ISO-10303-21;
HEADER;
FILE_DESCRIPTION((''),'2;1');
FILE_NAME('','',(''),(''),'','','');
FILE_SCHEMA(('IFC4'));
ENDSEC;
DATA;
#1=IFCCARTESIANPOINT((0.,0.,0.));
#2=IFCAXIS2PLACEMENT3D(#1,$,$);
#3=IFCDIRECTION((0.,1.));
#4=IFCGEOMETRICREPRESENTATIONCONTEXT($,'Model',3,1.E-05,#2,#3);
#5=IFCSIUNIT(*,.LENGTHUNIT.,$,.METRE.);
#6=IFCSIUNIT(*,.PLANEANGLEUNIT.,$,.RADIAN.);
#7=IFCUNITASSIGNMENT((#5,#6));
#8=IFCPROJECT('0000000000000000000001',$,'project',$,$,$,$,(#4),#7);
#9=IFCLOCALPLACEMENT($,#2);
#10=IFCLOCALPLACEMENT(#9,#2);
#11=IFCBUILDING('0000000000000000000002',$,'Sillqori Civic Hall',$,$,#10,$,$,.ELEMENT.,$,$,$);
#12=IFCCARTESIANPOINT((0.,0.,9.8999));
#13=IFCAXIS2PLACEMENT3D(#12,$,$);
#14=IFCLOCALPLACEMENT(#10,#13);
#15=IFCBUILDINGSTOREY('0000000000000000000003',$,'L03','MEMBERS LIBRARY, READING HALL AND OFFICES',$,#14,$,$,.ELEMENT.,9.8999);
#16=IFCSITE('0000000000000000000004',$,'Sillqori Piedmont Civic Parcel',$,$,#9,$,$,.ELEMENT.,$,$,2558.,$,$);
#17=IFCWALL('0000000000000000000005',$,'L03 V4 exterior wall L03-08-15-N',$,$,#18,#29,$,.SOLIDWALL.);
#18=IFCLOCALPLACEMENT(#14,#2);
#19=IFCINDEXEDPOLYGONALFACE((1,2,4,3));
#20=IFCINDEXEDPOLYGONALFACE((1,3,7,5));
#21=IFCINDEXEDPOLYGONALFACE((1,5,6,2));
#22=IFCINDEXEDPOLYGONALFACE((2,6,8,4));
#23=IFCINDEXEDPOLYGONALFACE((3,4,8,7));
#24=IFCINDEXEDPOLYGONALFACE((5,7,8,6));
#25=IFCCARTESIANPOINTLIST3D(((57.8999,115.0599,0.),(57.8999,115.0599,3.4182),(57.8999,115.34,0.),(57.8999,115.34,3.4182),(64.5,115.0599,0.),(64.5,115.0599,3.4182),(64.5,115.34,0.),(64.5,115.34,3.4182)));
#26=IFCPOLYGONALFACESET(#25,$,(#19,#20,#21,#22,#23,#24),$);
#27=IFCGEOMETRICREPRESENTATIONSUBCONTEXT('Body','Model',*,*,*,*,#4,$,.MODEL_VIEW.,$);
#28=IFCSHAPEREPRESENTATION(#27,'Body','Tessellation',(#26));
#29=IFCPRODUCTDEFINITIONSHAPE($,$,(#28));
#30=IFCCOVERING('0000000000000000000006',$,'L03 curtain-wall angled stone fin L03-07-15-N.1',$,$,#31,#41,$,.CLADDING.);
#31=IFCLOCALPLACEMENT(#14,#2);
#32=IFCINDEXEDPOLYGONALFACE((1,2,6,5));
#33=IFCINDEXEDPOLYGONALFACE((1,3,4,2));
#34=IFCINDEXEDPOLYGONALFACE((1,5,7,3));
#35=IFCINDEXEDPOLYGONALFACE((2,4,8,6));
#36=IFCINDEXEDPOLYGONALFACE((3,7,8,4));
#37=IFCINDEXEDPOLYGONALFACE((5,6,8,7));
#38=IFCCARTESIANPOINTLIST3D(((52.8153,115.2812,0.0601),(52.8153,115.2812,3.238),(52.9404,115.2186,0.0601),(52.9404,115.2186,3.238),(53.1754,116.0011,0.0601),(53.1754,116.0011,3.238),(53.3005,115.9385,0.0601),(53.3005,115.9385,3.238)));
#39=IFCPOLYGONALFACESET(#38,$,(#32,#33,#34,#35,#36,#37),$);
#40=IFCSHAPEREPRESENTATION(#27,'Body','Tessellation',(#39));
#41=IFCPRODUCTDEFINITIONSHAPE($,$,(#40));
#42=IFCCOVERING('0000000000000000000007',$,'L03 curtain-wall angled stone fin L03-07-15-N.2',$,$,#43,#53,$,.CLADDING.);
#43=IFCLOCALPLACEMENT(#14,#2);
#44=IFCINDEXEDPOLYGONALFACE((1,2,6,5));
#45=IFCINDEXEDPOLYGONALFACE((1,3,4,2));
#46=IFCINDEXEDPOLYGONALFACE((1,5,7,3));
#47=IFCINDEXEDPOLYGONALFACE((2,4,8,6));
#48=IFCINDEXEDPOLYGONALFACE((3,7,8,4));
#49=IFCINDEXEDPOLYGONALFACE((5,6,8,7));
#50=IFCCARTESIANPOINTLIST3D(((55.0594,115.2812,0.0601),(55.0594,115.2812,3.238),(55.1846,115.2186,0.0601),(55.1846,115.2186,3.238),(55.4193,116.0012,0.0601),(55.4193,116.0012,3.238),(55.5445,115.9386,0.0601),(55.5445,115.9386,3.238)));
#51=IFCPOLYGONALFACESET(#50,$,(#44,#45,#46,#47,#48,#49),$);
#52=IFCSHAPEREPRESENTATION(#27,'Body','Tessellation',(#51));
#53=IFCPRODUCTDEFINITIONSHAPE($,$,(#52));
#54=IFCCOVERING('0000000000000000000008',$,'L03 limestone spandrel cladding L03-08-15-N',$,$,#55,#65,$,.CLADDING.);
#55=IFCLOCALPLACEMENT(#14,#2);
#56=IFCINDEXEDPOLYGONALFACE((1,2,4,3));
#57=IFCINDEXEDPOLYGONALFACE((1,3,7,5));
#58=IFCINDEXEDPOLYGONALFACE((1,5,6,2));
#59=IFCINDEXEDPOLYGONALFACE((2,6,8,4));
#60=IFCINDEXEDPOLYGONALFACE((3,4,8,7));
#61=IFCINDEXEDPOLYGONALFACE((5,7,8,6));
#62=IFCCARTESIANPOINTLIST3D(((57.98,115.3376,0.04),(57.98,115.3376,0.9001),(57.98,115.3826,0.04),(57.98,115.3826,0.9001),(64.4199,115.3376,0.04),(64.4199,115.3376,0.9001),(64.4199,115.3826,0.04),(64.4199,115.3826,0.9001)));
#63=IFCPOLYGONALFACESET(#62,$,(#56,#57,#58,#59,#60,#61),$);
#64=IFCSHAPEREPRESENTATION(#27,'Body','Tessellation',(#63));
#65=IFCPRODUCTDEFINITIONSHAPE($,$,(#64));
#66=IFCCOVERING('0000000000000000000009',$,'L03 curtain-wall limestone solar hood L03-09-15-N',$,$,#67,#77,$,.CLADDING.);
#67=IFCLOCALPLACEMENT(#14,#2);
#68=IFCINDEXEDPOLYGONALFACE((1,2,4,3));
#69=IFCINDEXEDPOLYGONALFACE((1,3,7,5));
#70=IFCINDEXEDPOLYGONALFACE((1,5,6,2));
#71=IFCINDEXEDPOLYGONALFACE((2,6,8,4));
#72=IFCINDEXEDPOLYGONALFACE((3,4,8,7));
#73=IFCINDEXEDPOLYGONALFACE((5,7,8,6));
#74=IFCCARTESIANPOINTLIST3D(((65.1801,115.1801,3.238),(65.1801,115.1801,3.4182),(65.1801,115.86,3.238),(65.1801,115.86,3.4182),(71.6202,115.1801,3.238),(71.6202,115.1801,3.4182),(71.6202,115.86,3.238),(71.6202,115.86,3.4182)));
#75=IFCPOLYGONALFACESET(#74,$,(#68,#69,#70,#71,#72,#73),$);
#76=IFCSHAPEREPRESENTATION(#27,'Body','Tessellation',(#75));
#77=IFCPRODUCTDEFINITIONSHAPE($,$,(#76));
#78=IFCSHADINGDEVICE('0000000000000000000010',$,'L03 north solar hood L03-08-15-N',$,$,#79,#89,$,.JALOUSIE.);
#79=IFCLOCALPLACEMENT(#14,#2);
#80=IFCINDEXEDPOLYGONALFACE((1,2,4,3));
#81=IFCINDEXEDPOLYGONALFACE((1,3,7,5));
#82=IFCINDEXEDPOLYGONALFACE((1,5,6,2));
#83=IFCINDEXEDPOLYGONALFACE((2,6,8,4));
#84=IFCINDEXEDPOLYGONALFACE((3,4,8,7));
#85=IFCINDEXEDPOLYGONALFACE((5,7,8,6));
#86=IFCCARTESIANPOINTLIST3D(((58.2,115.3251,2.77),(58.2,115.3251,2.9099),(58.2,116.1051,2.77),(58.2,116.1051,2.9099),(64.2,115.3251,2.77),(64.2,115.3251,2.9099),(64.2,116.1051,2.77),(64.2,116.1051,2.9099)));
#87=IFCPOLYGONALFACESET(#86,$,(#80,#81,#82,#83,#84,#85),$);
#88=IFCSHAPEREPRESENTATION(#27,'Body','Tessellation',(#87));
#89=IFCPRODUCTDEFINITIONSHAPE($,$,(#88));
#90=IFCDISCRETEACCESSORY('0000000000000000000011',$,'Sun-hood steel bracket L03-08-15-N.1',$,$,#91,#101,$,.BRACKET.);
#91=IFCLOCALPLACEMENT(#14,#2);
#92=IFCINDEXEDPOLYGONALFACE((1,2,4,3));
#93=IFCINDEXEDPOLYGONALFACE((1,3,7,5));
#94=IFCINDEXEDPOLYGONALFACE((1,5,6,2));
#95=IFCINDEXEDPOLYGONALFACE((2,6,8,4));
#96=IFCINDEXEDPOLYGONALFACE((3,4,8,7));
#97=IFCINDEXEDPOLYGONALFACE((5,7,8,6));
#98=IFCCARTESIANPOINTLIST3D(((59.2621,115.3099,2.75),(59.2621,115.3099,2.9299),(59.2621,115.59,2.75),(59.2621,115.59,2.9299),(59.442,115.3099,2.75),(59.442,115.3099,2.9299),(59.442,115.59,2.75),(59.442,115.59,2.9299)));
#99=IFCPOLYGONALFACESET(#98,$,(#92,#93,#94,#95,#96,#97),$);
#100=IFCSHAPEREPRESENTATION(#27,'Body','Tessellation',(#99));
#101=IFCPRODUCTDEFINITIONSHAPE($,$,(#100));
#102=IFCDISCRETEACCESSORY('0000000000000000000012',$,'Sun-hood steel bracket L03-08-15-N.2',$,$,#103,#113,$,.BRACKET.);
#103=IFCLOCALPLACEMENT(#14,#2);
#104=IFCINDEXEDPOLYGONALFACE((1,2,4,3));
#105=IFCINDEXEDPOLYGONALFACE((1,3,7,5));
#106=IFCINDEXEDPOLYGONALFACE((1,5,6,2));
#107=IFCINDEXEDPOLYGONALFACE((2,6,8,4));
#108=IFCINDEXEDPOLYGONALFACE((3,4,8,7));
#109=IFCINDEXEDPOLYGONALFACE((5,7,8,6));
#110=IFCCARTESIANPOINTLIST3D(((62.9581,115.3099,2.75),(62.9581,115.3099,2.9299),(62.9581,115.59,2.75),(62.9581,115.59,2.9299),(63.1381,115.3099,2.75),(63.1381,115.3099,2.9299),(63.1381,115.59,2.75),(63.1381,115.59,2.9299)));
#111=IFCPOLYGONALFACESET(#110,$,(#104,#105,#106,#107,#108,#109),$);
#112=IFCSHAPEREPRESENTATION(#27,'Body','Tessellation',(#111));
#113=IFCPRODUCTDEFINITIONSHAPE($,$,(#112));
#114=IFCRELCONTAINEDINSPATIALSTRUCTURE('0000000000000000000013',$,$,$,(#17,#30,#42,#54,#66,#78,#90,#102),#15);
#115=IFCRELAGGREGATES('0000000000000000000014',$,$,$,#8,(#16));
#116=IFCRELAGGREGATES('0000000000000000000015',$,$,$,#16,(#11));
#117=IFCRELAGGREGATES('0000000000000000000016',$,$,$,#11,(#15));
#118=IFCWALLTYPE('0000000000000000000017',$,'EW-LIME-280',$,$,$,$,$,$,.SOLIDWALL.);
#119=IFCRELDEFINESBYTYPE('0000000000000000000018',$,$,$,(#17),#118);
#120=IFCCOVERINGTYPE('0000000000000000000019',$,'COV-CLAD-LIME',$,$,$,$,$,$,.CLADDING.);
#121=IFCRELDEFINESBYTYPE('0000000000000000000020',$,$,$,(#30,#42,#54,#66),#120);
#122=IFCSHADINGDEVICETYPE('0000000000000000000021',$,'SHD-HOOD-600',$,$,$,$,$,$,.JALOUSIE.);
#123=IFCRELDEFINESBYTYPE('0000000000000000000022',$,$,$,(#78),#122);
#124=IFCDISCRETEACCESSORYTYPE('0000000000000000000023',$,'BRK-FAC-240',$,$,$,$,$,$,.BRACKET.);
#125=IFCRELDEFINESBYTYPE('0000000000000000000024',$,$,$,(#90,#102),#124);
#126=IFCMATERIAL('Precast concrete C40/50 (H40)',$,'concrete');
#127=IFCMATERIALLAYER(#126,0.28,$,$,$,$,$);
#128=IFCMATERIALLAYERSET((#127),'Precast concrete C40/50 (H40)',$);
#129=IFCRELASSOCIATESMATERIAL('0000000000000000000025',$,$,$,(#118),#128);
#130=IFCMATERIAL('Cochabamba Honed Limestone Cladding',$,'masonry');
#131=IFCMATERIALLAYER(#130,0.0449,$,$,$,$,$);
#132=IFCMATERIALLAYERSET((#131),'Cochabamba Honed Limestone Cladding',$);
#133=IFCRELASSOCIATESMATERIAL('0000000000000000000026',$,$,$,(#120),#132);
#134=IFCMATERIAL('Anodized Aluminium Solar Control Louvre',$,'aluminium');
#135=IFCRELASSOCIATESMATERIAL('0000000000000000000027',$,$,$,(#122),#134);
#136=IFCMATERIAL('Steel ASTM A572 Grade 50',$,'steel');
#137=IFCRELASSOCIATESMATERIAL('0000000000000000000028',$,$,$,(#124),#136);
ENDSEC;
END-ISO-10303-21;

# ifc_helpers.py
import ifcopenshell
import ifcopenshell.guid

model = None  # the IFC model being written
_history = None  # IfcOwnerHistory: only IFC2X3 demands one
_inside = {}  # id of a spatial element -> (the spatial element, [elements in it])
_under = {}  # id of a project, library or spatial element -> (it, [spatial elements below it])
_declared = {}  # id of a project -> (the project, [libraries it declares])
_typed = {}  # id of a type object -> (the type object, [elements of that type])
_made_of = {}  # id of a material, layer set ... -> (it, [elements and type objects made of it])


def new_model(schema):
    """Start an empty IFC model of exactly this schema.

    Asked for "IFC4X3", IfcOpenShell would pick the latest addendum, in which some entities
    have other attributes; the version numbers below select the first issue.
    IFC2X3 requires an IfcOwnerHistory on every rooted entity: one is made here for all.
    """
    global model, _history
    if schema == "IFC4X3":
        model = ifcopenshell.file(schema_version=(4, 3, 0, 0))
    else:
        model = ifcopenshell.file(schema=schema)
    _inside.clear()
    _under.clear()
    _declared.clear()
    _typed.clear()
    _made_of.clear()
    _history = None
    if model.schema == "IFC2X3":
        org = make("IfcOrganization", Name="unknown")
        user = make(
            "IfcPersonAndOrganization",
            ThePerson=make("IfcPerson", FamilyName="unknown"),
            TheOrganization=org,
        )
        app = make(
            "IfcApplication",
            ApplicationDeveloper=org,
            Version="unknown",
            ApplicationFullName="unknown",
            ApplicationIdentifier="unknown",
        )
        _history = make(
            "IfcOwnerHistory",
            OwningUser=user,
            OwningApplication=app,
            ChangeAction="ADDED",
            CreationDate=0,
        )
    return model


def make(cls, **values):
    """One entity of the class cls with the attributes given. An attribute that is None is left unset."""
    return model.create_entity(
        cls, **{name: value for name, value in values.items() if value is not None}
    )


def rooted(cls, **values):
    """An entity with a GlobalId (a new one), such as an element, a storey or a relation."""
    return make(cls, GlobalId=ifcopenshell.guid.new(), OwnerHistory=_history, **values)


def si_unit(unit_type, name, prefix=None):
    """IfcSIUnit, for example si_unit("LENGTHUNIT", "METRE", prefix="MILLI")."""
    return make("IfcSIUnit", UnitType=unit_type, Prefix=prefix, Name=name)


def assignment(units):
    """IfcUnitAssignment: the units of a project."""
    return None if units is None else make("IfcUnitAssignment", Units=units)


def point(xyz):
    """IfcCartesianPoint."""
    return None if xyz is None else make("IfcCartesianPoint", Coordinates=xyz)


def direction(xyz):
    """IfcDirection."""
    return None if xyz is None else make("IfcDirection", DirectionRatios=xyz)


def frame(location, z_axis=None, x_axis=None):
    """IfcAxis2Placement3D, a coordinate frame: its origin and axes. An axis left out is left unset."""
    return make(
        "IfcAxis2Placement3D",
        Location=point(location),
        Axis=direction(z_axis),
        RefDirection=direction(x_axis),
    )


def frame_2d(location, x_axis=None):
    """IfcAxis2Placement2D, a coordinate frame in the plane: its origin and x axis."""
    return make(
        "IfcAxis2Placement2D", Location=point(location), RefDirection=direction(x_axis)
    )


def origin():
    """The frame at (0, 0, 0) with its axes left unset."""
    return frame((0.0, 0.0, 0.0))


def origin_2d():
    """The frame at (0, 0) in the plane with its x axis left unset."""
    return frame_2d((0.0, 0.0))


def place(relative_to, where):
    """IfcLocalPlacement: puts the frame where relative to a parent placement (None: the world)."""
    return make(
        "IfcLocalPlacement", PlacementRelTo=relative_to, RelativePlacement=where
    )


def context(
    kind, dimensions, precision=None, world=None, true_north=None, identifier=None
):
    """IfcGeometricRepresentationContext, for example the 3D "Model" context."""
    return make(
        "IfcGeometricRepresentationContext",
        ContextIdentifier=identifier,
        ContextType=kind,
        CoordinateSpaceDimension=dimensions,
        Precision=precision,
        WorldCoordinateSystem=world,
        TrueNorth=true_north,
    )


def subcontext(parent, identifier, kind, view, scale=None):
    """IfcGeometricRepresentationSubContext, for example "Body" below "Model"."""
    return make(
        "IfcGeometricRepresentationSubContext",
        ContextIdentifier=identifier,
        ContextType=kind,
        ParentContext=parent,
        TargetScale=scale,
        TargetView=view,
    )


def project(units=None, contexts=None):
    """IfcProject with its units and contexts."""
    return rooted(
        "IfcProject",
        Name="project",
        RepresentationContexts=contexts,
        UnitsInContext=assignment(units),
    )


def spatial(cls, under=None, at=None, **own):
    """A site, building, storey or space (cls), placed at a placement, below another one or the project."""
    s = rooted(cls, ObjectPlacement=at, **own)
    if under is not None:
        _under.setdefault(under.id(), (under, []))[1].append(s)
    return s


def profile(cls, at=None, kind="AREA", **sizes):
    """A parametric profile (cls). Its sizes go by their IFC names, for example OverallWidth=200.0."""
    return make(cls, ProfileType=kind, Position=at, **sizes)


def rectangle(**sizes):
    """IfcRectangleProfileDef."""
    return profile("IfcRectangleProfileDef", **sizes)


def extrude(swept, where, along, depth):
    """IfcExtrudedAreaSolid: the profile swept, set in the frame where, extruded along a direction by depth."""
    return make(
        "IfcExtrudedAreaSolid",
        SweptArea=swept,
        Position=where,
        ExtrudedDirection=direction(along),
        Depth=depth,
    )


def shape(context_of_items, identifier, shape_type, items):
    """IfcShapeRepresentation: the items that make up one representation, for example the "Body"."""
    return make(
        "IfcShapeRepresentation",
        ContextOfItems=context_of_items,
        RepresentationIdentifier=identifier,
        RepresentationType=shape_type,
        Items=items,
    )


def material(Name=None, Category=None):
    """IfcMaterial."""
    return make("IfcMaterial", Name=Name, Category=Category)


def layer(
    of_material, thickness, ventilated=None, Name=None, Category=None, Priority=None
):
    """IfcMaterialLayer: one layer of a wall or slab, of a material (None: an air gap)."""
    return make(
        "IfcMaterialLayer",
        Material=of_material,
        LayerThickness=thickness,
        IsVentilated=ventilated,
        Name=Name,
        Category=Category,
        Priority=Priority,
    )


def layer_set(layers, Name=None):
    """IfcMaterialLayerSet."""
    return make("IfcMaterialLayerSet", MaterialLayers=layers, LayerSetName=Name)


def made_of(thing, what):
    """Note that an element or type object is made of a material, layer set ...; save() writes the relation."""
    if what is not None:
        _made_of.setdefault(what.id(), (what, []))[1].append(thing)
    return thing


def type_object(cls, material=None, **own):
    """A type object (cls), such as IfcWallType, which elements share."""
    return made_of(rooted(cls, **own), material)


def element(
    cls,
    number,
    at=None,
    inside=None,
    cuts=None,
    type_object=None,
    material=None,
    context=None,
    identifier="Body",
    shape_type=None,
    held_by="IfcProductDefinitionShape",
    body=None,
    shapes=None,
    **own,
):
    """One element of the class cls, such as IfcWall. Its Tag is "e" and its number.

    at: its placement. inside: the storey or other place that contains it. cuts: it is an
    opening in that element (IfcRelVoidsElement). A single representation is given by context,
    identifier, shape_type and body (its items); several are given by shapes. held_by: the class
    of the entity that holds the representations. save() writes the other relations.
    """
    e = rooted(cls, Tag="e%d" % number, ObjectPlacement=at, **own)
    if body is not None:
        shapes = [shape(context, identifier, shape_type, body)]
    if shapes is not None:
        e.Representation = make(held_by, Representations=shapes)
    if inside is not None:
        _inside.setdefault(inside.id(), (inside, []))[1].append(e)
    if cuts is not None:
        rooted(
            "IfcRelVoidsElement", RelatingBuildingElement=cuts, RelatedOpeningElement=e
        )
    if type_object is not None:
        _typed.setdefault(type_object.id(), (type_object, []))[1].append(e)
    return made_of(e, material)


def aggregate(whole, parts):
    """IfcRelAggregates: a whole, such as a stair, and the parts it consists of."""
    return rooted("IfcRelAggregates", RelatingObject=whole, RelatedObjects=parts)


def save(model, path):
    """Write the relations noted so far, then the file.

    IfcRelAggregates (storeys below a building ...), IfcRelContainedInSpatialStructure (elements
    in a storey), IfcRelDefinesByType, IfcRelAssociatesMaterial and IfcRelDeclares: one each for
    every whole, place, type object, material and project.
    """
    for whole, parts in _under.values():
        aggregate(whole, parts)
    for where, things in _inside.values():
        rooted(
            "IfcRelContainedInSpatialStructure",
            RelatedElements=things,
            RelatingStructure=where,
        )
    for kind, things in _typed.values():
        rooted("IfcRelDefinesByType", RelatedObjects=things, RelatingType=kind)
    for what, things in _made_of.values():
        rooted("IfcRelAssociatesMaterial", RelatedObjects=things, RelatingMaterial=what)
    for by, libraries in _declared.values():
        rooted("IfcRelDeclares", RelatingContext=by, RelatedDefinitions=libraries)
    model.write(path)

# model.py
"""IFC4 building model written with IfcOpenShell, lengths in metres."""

from ifc_helpers import new_model, si_unit, direction, frame, frame_2d, origin, origin_2d, place, context, subcontext, project, spatial, rectangle, extrude, material, layer, layer_set, type_object, element, save


model = new_model("IFC4")

# Units and contexts
model_context = context("Model", 3, precision=1e-05, world=origin(), true_north=direction((0.0, 1.0)))
body_context = subcontext(model_context, "Body", "Model", "MODEL_VIEW")
ifc_project = project(units=[si_unit("LENGTHUNIT", "METRE"), si_unit("PLANEANGLEUNIT", "RADIAN")], contexts=[model_context])

# Site, building, storey
site_placement = place(None, origin())
site = spatial("IfcSite", under=ifc_project, at=site_placement, Name="Sillqori Piedmont Civic Parcel", CompositionType="ELEMENT", RefElevation=2558.0)
building_placement = place(site_placement, origin())
building = spatial("IfcBuilding", under=site, at=building_placement, Name="Sillqori Civic Hall", CompositionType="ELEMENT")
storey_placement = place(building_placement, frame((0.0, 0.0, 9.8999)))
storey = spatial("IfcBuildingStorey", under=building, at=storey_placement, Name="L03", Description="MEMBERS LIBRARY, READING HALL AND OFFICES", CompositionType="ELEMENT", Elevation=9.8999)

# Wall
ifc_material_1 = material(Name="Precast concrete C40/50 (H40)", Category="concrete")
ifc_layer_1 = layer(ifc_material_1, 0.28)
ifc_layer_set_1 = layer_set([ifc_layer_1], Name="Precast concrete C40/50 (H40)")
wall_type = type_object("IfcWallType", Name="EW-LIME-280", PredefinedType="SOLIDWALL", material=ifc_layer_set_1)
wall_placement = place(storey_placement, frame((57.8999, 115.2, 0.0), z_axis=(0.0, 0.0, 1.0), x_axis=(1.0, 0.0, 0.0)))
element("IfcWall", 1, at=wall_placement, inside=storey, type_object=wall_type, Name="L03 V4 exterior wall L03-08-15-N", PredefinedType="SOLIDWALL", context=body_context, shape_type="SweptSolid", body=[
    extrude(rectangle(XDim=6.6001, YDim=0.28, at=frame_2d((3.3, 0.0))), origin(), (0.0, 0.0, 1.0), 3.4182),
])

# Coverings
ifc_material_2 = material(Name="Cochabamba Honed Limestone Cladding", Category="masonry")
ifc_layer_2 = layer(ifc_material_2, 0.0449)
ifc_layer_set_2 = layer_set([ifc_layer_2], Name="Cochabamba Honed Limestone Cladding")
covering_type = type_object("IfcCoveringType", Name="COV-CLAD-LIME", PredefinedType="CLADDING", material=ifc_layer_set_2)
for number, where, z_axis, x_axis, name in (
    (2, (52.8779, 115.25, 0.0601), (0.0, 0.0, 1.0), (0.447335, 0.894367, 0.0), "L03 curtain-wall angled stone fin L03-07-15-N.1"),
    (3, (55.1221, 115.25, 0.0601), (0.0, 0.0, 1.0), (0.447092, 0.894488, 0.0), "L03 curtain-wall angled stone fin L03-07-15-N.2"),
):
    element("IfcCovering", number, at=place(storey_placement, frame(where, z_axis=z_axis, x_axis=x_axis)), inside=storey, type_object=covering_type, Name=name, PredefinedType="CLADDING", context=body_context, shape_type="SweptSolid", body=[
        extrude(rectangle(XDim=0.8049, YDim=0.1399, at=frame_2d((0.4023, 0.0))), origin(), (0.0, 0.0, 1.0), 3.178),
    ])
covering_1_placement = place(storey_placement, frame((57.98, 115.3601, 0.04), z_axis=(0.0, 0.0, 1.0), x_axis=(1.0, 0.0, 0.0)))
element("IfcCovering", 4, at=covering_1_placement, inside=storey, type_object=covering_type, Name="L03 limestone spandrel cladding L03-08-15-N", PredefinedType="CLADDING", context=body_context, shape_type="SweptSolid", body=[
    extrude(rectangle(XDim=6.4399, YDim=0.0449, at=frame_2d((3.22, 0.0))), origin(), (0.0, 0.0, 1.0), 0.8601),
])
covering_2_placement = place(storey_placement, frame((65.1799, 115.52, 3.238), z_axis=(0.0, 0.0, 1.0), x_axis=(1.0, 0.0, 0.0)))
element("IfcCovering", 5, at=covering_2_placement, inside=storey, type_object=covering_type, Name="L03 curtain-wall limestone solar hood L03-09-15-N", PredefinedType="CLADDING", context=body_context, shape_type="SweptSolid", body=[
    extrude(rectangle(XDim=6.4402, YDim=0.6799, at=frame_2d((3.2202, 0.0))), origin(), (0.0, 0.0, 1.0), 0.1802),
])

# Shading device
ifc_material_3 = material(Name="Anodized Aluminium Solar Control Louvre", Category="aluminium")
shading_device_type = type_object("IfcShadingDeviceType", Name="SHD-HOOD-600", PredefinedType="JALOUSIE", material=ifc_material_3)
shading_device_placement = place(storey_placement, frame((61.2, 115.7151, 2.77), z_axis=(0.0, 0.0, 1.0), x_axis=(1.0, 0.0, 0.0)))
element("IfcShadingDevice", 6, at=shading_device_placement, inside=storey, type_object=shading_device_type, Name="L03 north solar hood L03-08-15-N", PredefinedType="JALOUSIE", context=body_context, shape_type="SweptSolid", body=[
    extrude(rectangle(XDim=6.0, YDim=0.78, at=origin_2d()), origin(), (0.0, 0.0, 1.0), 0.1399),
])

# Discrete accessories
ifc_material_4 = material(Name="Steel ASTM A572 Grade 50", Category="steel")
discrete_accessory_type = type_object("IfcDiscreteAccessoryType", Name="BRK-FAC-240", PredefinedType="BRACKET", material=ifc_material_4)
for number, where, z_axis, x_axis, name in (
    (7, (59.3521, 115.45, 2.75), (0.0, 0.0, 1.0), (1.0, 0.0, 0.0), "Sun-hood steel bracket L03-08-15-N.1"),
    (8, (63.0481, 115.45, 2.75), (0.0, 0.0, 1.0), (1.0, 0.0, 0.0), "Sun-hood steel bracket L03-08-15-N.2"),
):
    element("IfcDiscreteAccessory", number, at=place(storey_placement, frame(where, z_axis=z_axis, x_axis=x_axis)), inside=storey, type_object=discrete_accessory_type, Name=name, PredefinedType="BRACKET", context=body_context, shape_type="SweptSolid", body=[
        extrude(rectangle(XDim=0.1799, YDim=0.28, at=origin_2d()), origin(), (0.0, 0.0, 1.0), 0.1799),
    ])

save(model, "model.ifc")
